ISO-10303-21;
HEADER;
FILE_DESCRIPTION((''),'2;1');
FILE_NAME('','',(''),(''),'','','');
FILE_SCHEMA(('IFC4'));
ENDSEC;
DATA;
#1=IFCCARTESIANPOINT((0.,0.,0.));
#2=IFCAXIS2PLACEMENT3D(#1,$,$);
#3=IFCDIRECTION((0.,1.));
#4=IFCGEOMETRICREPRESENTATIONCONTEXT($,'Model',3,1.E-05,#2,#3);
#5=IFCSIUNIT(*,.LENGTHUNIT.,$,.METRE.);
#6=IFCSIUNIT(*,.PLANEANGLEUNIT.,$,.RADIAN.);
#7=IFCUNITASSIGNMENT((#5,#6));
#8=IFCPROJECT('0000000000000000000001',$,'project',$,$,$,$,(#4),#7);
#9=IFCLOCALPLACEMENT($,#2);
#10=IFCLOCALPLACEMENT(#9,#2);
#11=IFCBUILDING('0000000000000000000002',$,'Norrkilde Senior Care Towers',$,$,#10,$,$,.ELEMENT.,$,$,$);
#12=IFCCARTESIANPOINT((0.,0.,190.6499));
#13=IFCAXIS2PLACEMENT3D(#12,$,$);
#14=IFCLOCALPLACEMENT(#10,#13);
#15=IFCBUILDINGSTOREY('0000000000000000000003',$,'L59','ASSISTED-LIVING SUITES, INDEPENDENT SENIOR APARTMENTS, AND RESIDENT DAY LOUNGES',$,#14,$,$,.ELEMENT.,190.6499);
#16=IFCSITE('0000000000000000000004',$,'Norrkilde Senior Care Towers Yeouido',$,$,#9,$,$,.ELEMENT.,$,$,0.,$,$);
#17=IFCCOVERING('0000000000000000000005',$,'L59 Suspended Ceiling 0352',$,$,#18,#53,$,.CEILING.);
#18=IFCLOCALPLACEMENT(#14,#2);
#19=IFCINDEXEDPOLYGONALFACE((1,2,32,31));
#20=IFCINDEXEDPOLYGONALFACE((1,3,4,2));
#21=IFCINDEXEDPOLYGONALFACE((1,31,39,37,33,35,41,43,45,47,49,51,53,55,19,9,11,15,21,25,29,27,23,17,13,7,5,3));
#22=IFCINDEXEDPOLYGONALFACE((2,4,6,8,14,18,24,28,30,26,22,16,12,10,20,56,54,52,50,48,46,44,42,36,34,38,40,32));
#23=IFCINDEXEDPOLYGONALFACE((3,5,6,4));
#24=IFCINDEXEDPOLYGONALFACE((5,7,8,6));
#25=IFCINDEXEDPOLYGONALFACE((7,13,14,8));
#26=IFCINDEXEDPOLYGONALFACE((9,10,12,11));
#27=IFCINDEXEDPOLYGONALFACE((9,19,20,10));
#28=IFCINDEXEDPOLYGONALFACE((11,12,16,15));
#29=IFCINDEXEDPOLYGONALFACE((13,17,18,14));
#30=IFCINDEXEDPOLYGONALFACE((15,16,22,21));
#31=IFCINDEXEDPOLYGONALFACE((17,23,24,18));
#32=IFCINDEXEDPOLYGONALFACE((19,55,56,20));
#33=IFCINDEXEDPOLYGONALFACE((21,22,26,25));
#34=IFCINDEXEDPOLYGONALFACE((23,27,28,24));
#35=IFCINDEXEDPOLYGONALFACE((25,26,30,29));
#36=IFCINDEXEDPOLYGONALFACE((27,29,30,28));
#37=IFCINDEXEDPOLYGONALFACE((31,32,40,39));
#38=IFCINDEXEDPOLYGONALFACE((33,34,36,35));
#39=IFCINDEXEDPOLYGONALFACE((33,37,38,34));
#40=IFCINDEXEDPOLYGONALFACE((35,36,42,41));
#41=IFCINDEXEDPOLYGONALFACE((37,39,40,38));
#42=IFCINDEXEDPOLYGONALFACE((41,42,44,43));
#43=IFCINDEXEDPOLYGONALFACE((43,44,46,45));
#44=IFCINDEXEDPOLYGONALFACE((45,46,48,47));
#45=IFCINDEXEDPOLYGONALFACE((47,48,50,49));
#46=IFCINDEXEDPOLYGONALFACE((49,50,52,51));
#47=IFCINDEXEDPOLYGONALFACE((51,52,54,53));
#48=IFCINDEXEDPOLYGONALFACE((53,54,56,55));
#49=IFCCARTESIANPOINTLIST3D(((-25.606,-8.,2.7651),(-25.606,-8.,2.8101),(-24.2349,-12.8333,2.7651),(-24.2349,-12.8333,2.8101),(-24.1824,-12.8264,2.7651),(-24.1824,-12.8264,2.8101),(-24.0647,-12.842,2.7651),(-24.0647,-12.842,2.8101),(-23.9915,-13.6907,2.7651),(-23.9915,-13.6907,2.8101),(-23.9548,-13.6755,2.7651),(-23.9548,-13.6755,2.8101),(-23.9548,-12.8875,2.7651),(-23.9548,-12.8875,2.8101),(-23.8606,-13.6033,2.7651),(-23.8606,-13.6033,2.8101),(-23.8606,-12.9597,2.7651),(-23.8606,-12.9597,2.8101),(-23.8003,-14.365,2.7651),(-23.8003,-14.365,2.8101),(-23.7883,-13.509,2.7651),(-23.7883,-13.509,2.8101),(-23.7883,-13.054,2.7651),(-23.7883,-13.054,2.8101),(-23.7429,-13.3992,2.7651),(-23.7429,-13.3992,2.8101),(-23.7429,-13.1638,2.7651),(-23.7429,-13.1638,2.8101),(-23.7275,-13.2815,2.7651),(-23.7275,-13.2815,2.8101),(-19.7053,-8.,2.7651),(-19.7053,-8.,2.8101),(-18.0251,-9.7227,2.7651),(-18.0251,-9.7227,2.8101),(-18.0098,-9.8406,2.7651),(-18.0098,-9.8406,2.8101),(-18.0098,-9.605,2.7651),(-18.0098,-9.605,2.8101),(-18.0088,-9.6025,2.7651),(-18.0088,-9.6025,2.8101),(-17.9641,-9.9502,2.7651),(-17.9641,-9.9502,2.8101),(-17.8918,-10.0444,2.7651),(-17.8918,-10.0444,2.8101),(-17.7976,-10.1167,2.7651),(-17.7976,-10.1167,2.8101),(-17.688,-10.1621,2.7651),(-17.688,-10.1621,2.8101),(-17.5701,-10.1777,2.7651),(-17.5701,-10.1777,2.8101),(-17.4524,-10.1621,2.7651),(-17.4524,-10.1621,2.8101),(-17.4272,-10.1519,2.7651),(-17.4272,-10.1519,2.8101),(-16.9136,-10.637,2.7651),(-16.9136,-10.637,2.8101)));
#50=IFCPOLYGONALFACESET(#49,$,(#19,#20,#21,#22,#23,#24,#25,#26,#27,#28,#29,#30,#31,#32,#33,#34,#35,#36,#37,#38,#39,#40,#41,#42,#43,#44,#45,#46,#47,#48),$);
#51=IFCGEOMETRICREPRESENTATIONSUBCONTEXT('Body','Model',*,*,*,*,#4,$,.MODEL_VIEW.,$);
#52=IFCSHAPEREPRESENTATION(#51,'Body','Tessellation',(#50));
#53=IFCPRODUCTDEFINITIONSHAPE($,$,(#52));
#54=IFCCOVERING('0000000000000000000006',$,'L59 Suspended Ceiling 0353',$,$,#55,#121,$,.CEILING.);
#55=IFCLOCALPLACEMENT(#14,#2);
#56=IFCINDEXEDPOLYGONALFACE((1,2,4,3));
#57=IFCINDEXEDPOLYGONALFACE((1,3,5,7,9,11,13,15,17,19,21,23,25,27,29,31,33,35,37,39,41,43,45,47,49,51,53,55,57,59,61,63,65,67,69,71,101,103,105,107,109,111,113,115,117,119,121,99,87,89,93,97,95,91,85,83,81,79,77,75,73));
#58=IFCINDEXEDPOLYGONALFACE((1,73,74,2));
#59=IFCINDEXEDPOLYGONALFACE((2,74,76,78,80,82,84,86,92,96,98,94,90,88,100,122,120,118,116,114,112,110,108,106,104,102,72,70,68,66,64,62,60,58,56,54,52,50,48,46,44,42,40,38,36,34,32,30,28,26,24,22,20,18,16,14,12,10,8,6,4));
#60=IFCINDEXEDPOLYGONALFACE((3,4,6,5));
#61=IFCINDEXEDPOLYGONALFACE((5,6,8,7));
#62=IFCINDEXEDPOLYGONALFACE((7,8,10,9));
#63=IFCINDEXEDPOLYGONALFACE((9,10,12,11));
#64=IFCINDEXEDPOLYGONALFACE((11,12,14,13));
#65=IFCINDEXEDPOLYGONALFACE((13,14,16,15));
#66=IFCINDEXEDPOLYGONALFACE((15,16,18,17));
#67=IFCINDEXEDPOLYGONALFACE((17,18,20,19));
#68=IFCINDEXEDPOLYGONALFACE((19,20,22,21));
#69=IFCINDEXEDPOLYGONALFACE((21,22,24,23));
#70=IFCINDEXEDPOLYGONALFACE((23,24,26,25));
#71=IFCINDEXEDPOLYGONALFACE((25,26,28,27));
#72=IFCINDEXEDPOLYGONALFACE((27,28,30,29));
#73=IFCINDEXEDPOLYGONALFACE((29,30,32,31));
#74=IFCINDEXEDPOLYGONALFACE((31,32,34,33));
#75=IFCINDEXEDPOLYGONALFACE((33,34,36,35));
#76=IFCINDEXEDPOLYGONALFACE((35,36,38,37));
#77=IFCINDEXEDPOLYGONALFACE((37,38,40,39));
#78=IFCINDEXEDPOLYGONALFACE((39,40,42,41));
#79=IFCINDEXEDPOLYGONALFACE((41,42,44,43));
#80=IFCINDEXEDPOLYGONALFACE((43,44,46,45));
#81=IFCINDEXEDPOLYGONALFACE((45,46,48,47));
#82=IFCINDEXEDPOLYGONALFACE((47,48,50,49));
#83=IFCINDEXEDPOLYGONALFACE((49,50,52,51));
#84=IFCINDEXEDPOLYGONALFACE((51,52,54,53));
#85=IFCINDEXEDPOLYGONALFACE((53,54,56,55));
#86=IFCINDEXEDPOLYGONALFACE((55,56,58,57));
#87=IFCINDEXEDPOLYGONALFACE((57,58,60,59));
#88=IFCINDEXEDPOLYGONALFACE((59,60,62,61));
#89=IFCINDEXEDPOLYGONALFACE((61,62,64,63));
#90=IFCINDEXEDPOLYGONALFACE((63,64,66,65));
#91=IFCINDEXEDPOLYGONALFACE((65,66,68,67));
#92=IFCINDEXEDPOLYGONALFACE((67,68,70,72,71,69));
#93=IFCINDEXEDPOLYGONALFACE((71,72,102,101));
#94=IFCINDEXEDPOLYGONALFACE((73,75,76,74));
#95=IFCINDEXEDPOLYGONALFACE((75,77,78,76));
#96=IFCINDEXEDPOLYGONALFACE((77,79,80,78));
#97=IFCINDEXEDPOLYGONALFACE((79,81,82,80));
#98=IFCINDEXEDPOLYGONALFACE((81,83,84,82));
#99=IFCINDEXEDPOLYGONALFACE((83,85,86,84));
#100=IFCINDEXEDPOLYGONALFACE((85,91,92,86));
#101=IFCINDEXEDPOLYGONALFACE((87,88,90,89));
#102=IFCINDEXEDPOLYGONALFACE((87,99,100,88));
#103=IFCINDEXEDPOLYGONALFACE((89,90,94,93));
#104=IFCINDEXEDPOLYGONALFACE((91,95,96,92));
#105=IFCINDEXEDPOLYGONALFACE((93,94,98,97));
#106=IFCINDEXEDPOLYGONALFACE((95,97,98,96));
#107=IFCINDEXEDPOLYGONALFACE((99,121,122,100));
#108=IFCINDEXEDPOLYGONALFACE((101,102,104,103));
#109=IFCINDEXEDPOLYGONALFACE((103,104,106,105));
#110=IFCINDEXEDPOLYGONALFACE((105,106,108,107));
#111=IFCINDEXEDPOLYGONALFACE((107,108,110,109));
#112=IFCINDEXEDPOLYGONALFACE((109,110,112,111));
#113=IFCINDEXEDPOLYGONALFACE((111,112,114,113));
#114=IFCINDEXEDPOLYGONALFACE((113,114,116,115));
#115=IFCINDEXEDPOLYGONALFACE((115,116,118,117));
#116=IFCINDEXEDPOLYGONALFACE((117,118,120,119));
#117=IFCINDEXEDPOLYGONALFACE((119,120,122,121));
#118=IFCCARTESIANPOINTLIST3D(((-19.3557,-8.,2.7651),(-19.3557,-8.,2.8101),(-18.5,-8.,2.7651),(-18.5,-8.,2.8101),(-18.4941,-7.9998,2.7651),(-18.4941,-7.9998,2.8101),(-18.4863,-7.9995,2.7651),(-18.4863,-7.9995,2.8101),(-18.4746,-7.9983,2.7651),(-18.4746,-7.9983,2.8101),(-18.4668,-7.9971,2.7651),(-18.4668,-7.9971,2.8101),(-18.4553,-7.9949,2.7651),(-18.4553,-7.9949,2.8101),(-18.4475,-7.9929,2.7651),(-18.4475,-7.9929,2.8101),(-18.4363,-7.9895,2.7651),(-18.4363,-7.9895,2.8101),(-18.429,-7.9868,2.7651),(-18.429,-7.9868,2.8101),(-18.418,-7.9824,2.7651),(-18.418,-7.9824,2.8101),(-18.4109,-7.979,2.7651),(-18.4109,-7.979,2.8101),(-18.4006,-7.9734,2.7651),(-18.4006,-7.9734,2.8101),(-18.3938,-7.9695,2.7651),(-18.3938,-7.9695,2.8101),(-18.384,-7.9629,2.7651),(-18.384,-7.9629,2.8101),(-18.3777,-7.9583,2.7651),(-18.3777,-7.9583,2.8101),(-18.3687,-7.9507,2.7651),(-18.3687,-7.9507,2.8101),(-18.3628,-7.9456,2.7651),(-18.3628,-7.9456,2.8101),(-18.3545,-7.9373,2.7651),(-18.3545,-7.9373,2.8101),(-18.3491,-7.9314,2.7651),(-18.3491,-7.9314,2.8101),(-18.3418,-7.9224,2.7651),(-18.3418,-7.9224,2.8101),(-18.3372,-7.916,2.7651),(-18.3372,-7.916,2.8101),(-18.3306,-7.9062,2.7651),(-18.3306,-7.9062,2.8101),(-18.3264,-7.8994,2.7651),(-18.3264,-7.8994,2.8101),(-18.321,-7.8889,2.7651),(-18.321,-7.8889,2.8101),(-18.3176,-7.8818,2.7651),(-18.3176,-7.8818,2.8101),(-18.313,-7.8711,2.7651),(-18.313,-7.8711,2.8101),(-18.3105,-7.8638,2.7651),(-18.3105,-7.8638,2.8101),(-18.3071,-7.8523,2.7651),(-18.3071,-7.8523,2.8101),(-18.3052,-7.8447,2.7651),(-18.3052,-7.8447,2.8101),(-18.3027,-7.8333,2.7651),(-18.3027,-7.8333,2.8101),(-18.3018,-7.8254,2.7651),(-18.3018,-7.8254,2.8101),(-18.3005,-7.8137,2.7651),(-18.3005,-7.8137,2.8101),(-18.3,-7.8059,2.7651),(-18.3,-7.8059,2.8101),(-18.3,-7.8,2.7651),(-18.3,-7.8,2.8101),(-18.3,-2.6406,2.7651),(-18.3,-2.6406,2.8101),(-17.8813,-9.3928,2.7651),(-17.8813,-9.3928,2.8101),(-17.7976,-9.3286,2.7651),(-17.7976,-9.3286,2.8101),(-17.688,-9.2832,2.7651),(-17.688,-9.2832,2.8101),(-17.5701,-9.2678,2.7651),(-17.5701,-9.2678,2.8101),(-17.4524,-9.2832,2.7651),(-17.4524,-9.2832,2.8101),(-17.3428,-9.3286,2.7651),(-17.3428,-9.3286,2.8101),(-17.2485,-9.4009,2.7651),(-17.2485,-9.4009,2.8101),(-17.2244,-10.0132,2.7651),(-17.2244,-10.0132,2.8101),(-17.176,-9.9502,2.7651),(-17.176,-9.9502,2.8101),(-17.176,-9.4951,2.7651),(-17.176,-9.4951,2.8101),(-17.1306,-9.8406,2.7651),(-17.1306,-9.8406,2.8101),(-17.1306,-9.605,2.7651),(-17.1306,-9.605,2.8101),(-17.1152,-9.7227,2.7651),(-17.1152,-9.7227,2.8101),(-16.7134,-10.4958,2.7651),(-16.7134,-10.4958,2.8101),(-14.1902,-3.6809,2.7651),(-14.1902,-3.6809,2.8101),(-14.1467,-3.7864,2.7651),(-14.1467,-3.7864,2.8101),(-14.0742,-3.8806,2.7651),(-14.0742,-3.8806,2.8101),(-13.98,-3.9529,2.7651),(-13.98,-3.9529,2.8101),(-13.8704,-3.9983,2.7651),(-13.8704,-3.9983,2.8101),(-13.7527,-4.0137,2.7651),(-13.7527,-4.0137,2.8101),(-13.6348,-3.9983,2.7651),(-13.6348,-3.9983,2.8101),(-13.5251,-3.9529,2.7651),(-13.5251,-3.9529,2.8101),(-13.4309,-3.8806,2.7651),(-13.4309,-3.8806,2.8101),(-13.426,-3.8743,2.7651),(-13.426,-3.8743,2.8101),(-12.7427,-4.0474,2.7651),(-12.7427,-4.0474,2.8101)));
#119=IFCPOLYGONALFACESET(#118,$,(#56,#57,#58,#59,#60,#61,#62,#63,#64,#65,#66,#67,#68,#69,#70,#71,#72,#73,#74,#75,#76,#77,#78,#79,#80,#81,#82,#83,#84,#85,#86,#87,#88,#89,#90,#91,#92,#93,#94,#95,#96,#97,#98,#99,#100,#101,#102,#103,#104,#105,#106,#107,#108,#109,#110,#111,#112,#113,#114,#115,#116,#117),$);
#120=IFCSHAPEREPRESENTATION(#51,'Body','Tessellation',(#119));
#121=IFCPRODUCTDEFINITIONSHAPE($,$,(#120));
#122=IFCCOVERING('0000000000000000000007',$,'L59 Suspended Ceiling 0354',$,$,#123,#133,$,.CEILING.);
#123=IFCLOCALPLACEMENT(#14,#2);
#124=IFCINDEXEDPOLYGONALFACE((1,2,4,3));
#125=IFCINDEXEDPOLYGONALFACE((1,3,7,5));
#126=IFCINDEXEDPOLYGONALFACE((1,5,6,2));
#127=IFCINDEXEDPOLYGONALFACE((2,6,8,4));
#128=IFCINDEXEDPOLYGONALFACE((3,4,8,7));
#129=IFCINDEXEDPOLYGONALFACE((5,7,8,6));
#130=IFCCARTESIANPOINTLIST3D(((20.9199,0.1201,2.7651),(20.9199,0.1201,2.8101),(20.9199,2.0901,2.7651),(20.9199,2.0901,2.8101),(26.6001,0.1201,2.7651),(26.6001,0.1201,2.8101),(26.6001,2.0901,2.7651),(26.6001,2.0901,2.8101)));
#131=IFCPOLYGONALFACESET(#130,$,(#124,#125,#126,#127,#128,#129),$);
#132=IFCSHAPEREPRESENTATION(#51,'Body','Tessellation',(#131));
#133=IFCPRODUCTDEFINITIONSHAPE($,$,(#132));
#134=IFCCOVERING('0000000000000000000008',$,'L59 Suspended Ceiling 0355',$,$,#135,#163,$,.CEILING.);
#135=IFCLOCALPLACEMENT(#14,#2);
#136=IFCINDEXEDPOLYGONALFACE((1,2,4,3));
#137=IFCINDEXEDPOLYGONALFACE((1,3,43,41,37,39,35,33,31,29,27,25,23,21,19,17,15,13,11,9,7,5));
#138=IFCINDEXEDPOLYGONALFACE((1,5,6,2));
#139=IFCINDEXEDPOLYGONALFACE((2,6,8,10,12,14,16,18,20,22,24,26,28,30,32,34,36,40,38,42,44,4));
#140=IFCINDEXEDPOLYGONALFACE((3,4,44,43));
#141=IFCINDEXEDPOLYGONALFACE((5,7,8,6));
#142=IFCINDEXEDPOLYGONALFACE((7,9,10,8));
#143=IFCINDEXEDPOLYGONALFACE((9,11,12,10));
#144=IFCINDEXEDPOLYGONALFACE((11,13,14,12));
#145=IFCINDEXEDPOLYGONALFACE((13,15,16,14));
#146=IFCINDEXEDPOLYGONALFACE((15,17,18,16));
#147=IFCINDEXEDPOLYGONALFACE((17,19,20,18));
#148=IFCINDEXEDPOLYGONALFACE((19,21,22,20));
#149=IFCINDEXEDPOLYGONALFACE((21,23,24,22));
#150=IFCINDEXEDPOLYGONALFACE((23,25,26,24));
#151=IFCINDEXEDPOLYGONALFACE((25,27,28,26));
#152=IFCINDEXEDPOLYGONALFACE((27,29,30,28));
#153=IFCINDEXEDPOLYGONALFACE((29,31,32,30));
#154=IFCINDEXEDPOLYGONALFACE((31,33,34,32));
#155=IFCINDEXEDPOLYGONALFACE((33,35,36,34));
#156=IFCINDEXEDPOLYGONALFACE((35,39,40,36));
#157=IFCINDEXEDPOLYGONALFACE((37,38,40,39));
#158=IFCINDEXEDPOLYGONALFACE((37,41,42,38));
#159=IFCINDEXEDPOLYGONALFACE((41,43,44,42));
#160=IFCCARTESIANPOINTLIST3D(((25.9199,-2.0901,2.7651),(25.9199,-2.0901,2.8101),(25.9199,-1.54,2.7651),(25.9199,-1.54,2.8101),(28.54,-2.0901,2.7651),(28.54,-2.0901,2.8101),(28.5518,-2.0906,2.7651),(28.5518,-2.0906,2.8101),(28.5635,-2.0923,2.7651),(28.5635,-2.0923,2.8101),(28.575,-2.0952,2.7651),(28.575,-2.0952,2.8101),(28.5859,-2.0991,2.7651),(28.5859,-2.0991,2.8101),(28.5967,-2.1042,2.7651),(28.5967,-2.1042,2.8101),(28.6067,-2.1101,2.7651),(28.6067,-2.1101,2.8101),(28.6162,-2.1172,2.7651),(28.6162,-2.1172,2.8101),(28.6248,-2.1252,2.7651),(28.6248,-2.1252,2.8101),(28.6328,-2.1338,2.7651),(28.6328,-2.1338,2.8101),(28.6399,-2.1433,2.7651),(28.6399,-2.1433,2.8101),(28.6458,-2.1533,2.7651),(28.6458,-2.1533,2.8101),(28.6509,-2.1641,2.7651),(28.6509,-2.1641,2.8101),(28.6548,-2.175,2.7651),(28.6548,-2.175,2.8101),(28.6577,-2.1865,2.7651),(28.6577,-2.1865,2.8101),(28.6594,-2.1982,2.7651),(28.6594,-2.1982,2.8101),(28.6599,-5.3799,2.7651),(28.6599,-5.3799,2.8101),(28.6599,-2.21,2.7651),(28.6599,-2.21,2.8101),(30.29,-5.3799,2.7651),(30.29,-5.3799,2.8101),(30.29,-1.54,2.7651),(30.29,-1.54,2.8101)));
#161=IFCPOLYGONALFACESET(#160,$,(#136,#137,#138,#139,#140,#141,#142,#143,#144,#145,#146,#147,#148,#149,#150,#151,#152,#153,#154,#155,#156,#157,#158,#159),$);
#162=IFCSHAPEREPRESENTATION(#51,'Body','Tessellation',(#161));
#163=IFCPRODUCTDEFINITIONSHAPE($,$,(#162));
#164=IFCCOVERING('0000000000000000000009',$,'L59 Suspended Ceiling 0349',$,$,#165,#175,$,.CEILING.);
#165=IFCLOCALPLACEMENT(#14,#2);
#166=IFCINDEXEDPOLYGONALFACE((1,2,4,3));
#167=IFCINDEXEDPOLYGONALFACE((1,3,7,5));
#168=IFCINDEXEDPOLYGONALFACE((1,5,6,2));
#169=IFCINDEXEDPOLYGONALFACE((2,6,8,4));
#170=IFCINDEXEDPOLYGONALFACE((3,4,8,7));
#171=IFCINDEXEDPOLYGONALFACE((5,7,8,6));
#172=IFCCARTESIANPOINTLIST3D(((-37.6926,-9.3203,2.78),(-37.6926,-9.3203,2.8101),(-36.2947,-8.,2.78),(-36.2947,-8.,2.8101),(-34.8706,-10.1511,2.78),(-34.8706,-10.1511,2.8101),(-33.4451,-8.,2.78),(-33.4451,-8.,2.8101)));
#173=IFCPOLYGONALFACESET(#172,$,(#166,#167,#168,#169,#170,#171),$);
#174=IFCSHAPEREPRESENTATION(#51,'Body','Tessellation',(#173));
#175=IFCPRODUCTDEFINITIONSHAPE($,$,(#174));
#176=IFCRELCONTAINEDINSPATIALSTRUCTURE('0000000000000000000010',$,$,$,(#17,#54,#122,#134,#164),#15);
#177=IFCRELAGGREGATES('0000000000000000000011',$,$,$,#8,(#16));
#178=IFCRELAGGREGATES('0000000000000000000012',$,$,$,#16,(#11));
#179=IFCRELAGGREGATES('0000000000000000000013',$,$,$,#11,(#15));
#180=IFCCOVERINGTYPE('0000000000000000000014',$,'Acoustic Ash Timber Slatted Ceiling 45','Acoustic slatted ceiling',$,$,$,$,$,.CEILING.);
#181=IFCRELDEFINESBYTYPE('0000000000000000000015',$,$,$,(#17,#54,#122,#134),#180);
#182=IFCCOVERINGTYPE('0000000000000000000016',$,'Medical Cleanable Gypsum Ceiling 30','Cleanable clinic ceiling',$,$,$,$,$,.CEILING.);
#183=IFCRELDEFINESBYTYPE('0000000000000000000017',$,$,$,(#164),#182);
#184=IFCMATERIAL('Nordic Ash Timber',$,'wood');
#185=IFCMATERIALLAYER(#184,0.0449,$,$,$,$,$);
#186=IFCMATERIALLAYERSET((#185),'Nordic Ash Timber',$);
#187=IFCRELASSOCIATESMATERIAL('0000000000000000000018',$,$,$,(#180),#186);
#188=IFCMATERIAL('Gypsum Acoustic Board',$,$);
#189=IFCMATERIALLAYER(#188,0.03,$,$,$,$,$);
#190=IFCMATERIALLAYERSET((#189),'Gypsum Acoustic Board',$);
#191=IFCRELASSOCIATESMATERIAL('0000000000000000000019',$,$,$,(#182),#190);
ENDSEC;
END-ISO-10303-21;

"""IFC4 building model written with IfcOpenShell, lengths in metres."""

from ifc_helpers import new_model, si_unit, direction, frame, origin, place, context, subcontext, project, spatial, polyline, outline, extrude, material, layer, layer_set, type_object, element, save


model = new_model("IFC4")

# Units and contexts
model_context = context("Model", 3, precision=1e-05, world=origin(), true_north=direction((0.0, 1.0)))
body_context = subcontext(model_context, "Body", "Model", "MODEL_VIEW")
ifc_project = project(units=[si_unit("LENGTHUNIT", "METRE"), si_unit("PLANEANGLEUNIT", "RADIAN")], contexts=[model_context])

# Site, building, storey
site_placement = place(None, origin())
site = spatial("IfcSite", under=ifc_project, at=site_placement, Name="Norrkilde Senior Care Towers Yeouido", CompositionType="ELEMENT", RefElevation=0.0)
building_placement = place(site_placement, origin())
building = spatial("IfcBuilding", under=site, at=building_placement, Name="Norrkilde Senior Care Towers", CompositionType="ELEMENT")
storey_placement = place(building_placement, frame((0.0, 0.0, 190.6499)))
storey = spatial("IfcBuildingStorey", under=building, at=storey_placement, Name="L59", Description="ASSISTED-LIVING SUITES, INDEPENDENT SENIOR APARTMENTS, AND RESIDENT DAY LOUNGES", CompositionType="ELEMENT", Elevation=190.6499)

# Shared definitions
ifc_material_1 = material(Name="Gypsum Acoustic Board")

# Shared definitions
ifc_material_2 = material(Name="Nordic Ash Timber", Category="wood")

# Coverings
ifc_layer_1 = layer(ifc_material_2, 0.0449)
ifc_layer_set_1 = layer_set([ifc_layer_1], Name="Nordic Ash Timber")
covering_type_1 = type_object("IfcCoveringType", Name="Acoustic Ash Timber Slatted Ceiling 45", Description="Acoustic slatted ceiling", PredefinedType="CEILING", material=ifc_layer_set_1)
covering_1_placement = place(storey_placement, frame((0.0, 0.0, 2.7651)))
element("IfcCovering", 1, at=covering_1_placement, inside=storey, type_object=covering_type_1, Name="L59 Suspended Ceiling 0352", PredefinedType="CEILING", context=body_context, shape_type="SweptSolid", body=[
    extrude(outline(polyline([(-23.8003, -14.365), (-23.9915, -13.6907), (-23.9548, -13.6755), (-23.8606, -13.6033), (-23.7883, -13.509), (-23.7429, -13.3992), (-23.7275, -13.2815), (-23.7429, -13.1638), (-23.7883, -13.054), (-23.8606, -12.9597), (-23.9548, -12.8875), (-24.0647, -12.842), (-24.1824, -12.8264), (-24.2349, -12.8333), (-25.606, -8.0), (-19.7053, -8.0), (-18.0088, -9.6025), (-18.0098, -9.605), (-18.0251, -9.7227), (-18.0098, -9.8406), (-17.9641, -9.9502), (-17.8918, -10.0444), (-17.7976, -10.1167), (-17.688, -10.1621), (-17.5701, -10.1777), (-17.4524, -10.1621), (-17.4272, -10.1519), (-16.9136, -10.637), (-23.8003, -14.365)])), origin(), (0.0, 0.0, 1.0), 0.0449),
])
covering_2_placement = place(storey_placement, frame((0.0, 0.0, 2.7651)))
element("IfcCovering", 2, at=covering_2_placement, inside=storey, type_object=covering_type_1, Name="L59 Suspended Ceiling 0353", PredefinedType="CEILING", context=body_context, shape_type="SweptSolid", body=[
    extrude(outline(polyline([(-18.4475, -7.9929), (-18.4363, -7.9895), (-18.429, -7.9868), (-18.418, -7.9824), (-18.4109, -7.979), (-18.4006, -7.9734), (-18.3938, -7.9695), (-18.384, -7.9629), (-18.3777, -7.9583), (-18.3687, -7.9507), (-18.3628, -7.9456), (-18.3545, -7.9373), (-18.3491, -7.9314), (-18.3418, -7.9224), (-18.3372, -7.916), (-18.3306, -7.9062), (-18.3264, -7.8994), (-18.321, -7.8889), (-18.3176, -7.8818), (-18.313, -7.8711), (-18.3105, -7.8638), (-18.3071, -7.8523), (-18.3052, -7.8447), (-18.3027, -7.8333), (-18.3018, -7.8254), (-18.3005, -7.8137), (-18.3, -7.8059), (-18.3, -7.8), (-18.3, -2.6406), (-14.1902, -3.6809), (-14.1467, -3.7864), (-14.0742, -3.8806), (-13.98, -3.9529), (-13.8704, -3.9983), (-13.7527, -4.0137), (-13.6348, -3.9983), (-13.5251, -3.9529), (-13.4309, -3.8806), (-13.426, -3.8743), (-12.7427, -4.0474), (-16.7134, -10.4958), (-17.2244, -10.0132), (-17.176, -9.9502), (-17.1306, -9.8406), (-17.1152, -9.7227), (-17.1306, -9.605), (-17.176, -9.4951), (-17.2485, -9.4009), (-17.3428, -9.3286), (-17.4524, -9.2832), (-17.5701, -9.2678), (-17.688, -9.2832), (-17.7976, -9.3286), (-17.8813, -9.3928), (-19.3557, -8.0), (-18.5, -8.0), (-18.4941, -7.9998), (-18.4863, -7.9995), (-18.4746, -7.9983), (-18.4668, -7.9971), (-18.4553, -7.9949), (-18.4475, -7.9929)])), origin(), (0.0, 0.0, 1.0), 0.0449),
])
covering_3_placement = place(storey_placement, frame((0.0, 0.0, 2.7651)))
element("IfcCovering", 3, at=covering_3_placement, inside=storey, type_object=covering_type_1, Name="L59 Suspended Ceiling 0354", PredefinedType="CEILING", context=body_context, shape_type="SweptSolid", body=[
    extrude(outline(polyline([(20.9199, 0.1201), (20.9199, 2.0901), (26.6001, 2.0901), (26.6001, 0.1201), (20.9199, 0.1201)])), origin(), (0.0, 0.0, 1.0), 0.0449),
])
covering_4_placement = place(storey_placement, frame((0.0, 0.0, 2.7651)))
element("IfcCovering", 4, at=covering_4_placement, inside=storey, type_object=covering_type_1, Name="L59 Suspended Ceiling 0355", PredefinedType="CEILING", context=body_context, shape_type="SweptSolid", body=[
    extrude(outline(polyline([(28.6548, -2.175), (28.6509, -2.1641), (28.6458, -2.1533), (28.6399, -2.1433), (28.6328, -2.1338), (28.6248, -2.1252), (28.6162, -2.1172), (28.6067, -2.1101), (28.5967, -2.1042), (28.5859, -2.0991), (28.575, -2.0952), (28.5635, -2.0923), (28.5518, -2.0906), (28.54, -2.0901), (25.9199, -2.0901), (25.9199, -1.54), (30.29, -1.54), (30.29, -5.3799), (28.6599, -5.3799), (28.6599, -2.21), (28.6594, -2.1982), (28.6577, -2.1865), (28.6548, -2.175)])), origin(), (0.0, 0.0, 1.0), 0.0449),
])
ifc_layer_2 = layer(ifc_material_1, 0.03)
ifc_layer_set_2 = layer_set([ifc_layer_2], Name="Gypsum Acoustic Board")
covering_type_2 = type_object("IfcCoveringType", Name="Medical Cleanable Gypsum Ceiling 30", Description="Cleanable clinic ceiling", PredefinedType="CEILING", material=ifc_layer_set_2)
covering_5_placement = place(storey_placement, frame((0.0, 0.0, 2.78)))
element("IfcCovering", 5, at=covering_5_placement, inside=storey, type_object=covering_type_2, Name="L59 Suspended Ceiling 0349", PredefinedType="CEILING", context=body_context, shape_type="SweptSolid", body=[
    extrude(outline(polyline([(-37.6926, -9.3203), (-36.2947, -8.0), (-33.4451, -8.0), (-34.8706, -10.1511), (-37.6926, -9.3203)])), origin(), (0.0, 0.0, 1.0), 0.03),
])

save(model, "model.ifc")
